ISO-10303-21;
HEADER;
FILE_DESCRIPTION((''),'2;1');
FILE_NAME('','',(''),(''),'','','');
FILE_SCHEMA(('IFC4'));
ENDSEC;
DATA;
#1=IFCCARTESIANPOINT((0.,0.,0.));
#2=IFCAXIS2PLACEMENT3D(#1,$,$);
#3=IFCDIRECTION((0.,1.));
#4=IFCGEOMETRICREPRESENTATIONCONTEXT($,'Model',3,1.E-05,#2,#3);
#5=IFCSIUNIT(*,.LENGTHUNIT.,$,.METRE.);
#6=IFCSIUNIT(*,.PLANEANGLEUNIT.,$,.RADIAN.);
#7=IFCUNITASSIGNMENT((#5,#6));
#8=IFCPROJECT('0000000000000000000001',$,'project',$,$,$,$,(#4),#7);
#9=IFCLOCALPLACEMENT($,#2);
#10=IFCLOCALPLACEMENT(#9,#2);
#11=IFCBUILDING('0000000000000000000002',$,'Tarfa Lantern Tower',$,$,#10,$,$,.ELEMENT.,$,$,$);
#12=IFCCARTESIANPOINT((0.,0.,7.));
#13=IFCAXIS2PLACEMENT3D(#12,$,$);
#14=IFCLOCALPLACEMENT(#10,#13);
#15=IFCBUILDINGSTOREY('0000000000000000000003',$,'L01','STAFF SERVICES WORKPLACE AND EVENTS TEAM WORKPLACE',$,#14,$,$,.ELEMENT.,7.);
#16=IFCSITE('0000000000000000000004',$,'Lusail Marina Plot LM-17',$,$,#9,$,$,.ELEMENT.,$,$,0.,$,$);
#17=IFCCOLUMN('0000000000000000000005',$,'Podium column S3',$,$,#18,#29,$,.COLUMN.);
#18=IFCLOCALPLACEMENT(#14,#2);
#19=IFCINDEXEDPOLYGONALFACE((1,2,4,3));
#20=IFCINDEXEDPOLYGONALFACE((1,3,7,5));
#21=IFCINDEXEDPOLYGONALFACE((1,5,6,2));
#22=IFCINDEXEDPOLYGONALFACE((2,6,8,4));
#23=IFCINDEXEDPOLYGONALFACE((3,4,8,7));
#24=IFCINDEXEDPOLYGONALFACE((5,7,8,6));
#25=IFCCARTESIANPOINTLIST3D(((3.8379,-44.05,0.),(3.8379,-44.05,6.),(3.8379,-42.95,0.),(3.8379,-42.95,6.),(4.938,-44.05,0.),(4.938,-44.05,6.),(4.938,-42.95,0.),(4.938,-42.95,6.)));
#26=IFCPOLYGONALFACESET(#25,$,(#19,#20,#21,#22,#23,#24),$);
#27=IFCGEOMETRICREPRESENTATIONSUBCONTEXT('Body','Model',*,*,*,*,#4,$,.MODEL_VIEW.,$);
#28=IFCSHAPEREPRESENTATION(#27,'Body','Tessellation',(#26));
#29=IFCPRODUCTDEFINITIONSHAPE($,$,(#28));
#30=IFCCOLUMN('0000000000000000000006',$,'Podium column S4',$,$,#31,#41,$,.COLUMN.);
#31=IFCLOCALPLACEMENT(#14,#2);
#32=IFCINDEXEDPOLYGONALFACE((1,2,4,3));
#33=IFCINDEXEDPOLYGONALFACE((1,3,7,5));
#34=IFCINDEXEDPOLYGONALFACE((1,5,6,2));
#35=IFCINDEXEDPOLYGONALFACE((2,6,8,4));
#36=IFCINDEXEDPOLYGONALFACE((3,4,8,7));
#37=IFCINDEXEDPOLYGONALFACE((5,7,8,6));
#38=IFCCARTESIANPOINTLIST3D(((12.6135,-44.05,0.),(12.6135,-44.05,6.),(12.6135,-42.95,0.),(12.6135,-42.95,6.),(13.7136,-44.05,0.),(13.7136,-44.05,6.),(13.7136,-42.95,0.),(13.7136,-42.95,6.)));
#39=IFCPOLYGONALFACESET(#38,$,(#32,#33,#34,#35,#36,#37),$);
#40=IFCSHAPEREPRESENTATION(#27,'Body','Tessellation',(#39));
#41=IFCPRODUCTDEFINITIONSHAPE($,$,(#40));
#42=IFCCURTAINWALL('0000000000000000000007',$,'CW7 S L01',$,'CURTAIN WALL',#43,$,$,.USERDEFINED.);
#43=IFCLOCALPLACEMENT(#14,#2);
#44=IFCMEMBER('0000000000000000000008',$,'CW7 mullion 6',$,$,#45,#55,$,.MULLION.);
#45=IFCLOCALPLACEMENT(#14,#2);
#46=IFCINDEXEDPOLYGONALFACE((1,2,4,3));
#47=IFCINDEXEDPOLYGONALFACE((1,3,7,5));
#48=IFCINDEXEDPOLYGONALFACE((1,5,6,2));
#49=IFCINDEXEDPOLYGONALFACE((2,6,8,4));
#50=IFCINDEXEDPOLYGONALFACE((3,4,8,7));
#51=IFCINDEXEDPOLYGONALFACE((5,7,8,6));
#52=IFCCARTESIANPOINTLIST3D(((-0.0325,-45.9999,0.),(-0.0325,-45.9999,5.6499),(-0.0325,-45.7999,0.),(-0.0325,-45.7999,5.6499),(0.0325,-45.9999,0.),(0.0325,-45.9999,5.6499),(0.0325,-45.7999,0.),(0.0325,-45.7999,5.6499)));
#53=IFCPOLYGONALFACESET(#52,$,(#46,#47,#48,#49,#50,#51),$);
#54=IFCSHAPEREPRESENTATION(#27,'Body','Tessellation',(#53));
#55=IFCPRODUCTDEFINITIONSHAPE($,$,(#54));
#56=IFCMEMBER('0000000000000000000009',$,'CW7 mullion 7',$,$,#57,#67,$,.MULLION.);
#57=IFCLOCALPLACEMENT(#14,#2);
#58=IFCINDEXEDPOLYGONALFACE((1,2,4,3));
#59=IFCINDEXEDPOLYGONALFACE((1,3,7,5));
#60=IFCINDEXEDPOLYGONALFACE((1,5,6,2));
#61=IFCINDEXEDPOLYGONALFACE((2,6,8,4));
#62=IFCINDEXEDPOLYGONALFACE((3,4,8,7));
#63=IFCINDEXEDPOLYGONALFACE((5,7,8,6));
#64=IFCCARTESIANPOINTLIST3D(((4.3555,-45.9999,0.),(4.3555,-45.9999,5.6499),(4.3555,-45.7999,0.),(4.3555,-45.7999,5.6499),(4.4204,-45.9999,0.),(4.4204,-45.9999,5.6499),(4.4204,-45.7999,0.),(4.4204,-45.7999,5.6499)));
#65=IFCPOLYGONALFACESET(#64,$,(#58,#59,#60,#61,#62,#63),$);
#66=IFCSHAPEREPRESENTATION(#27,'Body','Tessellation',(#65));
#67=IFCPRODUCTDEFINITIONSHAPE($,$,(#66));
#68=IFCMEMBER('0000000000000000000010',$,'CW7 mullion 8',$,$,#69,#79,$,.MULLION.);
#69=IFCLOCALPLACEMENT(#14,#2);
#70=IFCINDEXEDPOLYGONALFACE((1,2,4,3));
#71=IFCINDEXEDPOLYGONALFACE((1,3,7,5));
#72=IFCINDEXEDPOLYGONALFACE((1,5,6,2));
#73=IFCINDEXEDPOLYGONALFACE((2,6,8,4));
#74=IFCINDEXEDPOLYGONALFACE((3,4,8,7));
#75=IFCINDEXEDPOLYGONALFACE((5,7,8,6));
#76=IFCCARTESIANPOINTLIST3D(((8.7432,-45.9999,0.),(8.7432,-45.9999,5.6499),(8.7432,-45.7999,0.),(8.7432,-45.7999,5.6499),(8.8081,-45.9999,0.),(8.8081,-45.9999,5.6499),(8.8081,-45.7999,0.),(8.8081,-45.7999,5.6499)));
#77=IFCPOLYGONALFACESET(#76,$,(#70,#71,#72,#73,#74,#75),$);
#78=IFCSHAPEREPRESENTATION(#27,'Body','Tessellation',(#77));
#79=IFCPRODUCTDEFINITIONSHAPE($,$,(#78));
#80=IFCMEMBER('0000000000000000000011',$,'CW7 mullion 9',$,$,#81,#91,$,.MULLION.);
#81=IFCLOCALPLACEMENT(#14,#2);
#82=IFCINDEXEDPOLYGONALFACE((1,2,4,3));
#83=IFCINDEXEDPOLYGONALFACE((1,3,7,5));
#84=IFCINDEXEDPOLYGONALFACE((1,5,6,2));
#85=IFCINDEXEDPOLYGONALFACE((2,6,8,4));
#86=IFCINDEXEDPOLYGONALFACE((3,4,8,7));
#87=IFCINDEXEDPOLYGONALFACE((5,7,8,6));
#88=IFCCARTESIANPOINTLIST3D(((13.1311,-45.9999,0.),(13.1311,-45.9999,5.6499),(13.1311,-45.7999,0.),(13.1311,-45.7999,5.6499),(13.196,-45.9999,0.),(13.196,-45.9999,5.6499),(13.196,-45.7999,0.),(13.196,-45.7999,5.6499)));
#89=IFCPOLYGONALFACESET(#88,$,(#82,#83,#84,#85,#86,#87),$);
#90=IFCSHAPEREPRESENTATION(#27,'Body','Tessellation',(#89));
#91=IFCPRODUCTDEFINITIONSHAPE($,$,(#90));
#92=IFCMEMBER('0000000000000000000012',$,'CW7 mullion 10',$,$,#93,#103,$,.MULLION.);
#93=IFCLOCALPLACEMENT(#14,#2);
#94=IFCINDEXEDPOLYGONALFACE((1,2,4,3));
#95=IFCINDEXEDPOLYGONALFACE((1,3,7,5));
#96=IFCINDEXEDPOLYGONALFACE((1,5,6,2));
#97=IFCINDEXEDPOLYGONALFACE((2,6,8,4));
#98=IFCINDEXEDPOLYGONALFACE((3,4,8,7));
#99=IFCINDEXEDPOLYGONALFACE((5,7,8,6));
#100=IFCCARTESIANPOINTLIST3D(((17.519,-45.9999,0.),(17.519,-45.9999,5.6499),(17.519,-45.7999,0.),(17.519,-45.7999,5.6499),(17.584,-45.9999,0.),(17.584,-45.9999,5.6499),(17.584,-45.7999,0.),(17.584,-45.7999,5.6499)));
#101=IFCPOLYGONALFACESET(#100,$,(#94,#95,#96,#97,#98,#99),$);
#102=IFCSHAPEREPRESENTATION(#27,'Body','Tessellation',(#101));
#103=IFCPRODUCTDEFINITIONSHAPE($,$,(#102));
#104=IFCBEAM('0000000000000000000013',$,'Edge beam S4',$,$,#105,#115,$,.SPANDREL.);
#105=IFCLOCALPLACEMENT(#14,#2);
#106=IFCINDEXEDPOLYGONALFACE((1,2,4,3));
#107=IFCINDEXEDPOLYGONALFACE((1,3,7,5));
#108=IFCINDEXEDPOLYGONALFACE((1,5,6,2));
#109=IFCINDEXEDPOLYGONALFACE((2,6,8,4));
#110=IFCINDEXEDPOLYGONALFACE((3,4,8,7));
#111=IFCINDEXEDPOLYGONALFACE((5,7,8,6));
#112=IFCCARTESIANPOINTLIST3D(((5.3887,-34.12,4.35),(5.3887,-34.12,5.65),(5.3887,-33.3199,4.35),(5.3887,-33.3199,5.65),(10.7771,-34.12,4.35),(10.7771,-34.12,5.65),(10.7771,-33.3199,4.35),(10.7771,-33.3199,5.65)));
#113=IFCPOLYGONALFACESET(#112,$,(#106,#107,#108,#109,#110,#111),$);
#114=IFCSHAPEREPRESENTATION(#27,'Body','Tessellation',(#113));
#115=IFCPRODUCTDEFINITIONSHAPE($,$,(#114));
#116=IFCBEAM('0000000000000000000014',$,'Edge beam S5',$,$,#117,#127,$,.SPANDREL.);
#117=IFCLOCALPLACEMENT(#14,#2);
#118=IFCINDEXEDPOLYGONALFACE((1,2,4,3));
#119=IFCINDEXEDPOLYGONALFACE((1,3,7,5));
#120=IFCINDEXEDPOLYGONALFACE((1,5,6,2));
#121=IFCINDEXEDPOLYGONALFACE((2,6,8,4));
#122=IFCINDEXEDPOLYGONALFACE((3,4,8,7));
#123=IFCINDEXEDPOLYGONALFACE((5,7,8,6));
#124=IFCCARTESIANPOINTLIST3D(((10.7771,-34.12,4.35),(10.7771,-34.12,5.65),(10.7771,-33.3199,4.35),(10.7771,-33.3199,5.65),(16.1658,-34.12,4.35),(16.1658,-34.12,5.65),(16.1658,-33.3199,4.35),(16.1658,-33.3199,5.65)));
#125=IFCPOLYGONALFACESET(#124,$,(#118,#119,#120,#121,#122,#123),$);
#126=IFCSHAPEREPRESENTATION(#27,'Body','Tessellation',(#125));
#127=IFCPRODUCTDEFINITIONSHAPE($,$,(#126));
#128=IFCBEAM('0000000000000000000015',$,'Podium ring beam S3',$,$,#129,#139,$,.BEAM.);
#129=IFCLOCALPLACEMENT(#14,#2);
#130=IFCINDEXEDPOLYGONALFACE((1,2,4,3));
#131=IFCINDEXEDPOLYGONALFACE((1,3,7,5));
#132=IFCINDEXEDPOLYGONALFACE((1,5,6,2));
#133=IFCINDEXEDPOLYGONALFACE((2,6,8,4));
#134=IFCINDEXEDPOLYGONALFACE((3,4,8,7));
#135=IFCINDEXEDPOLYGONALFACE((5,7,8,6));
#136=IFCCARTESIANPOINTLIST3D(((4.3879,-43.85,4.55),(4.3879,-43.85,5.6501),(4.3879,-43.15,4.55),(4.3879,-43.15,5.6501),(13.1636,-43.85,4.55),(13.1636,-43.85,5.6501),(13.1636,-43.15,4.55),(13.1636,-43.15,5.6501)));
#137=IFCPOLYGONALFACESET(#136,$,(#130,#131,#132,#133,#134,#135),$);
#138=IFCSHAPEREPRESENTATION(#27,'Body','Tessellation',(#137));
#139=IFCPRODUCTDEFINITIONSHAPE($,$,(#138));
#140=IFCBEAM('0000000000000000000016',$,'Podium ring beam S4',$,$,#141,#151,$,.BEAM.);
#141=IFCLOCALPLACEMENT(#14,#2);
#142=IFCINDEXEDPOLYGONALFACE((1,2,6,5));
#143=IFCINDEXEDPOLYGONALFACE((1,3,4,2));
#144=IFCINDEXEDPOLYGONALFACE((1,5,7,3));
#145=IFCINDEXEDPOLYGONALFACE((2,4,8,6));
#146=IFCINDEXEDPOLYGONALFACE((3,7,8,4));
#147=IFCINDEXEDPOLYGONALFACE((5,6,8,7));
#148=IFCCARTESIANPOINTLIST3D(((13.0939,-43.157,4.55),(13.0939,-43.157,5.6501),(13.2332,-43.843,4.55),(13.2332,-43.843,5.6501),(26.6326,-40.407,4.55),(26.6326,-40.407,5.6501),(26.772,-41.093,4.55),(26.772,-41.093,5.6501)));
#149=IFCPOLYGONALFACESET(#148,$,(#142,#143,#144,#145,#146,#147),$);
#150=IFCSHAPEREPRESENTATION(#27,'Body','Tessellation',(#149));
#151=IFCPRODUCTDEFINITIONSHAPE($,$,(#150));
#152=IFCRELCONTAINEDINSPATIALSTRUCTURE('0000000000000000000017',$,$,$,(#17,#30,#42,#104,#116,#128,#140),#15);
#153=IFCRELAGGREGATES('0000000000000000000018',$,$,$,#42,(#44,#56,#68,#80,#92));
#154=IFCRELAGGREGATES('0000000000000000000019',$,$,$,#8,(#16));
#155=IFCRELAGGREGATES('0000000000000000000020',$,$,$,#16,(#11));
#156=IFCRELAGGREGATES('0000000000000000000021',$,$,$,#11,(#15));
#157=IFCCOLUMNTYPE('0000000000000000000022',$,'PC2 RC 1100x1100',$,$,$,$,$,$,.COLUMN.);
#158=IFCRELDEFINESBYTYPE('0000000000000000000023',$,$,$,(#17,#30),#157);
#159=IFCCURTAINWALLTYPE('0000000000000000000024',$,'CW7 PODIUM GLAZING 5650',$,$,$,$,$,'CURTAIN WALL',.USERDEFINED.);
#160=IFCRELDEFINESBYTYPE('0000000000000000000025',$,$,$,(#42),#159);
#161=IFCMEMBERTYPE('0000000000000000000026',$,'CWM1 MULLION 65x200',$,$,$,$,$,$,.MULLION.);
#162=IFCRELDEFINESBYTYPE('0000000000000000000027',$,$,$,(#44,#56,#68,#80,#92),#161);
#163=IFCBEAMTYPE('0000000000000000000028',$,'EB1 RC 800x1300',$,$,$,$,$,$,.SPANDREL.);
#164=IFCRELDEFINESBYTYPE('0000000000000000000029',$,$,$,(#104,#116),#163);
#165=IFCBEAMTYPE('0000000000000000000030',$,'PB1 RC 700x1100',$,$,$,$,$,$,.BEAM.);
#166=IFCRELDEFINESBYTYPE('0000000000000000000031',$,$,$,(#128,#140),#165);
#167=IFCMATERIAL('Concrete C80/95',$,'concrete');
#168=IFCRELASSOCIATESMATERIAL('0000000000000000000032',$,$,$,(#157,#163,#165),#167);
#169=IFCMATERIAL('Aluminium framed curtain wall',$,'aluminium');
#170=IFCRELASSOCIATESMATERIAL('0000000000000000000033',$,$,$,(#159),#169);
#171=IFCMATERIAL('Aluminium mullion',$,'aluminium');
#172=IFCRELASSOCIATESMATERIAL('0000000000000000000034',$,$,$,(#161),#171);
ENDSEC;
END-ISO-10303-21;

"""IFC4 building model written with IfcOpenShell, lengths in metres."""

from ifc_helpers import new_model, si_unit, direction, frame, origin, origin_2d, place, context, subcontext, project, spatial, rectangle, extrude, material, material_profile, profile_set, type_object, element, aggregate, save


model = new_model("IFC4")

# Units and contexts
model_context = context("Model", 3, precision=1e-05, world=origin(), true_north=direction((0.0, 1.0)))
body_context = subcontext(model_context, "Body", "Model", "MODEL_VIEW")
ifc_project = project(units=[si_unit("LENGTHUNIT", "METRE"), si_unit("PLANEANGLEUNIT", "RADIAN")], contexts=[model_context])

# Site, building, storey
site_placement = place(None, origin())
site = spatial("IfcSite", under=ifc_project, at=site_placement, Name="Lusail Marina Plot LM-17", CompositionType="ELEMENT", RefElevation=0.0)
building_placement = place(site_placement, origin())
building = spatial("IfcBuilding", under=site, at=building_placement, Name="Tarfa Lantern Tower", CompositionType="ELEMENT")
storey_placement = place(building_placement, frame((0.0, 0.0, 7.0)))
storey = spatial("IfcBuildingStorey", under=building, at=storey_placement, Name="L01", Description="STAFF SERVICES WORKPLACE AND EVENTS TEAM WORKPLACE", CompositionType="ELEMENT", Elevation=7.0)

# Columns
ifc_material_1 = material(Name="Concrete C80/95", Category="concrete")
ifc_material_profile_1 = material_profile(ifc_material_1, rectangle(XDim=1.1001, YDim=1.1001, at=origin_2d()), Name="RC 1100x1100")
ifc_profile_set_1 = profile_set([ifc_material_profile_1], Name="Concrete C80/95")
column_type = type_object("IfcColumnType", Name="PC2 RC 1100x1100", PredefinedType="COLUMN", material=ifc_profile_set_1)
for number, where, z_axis, x_axis, name in (
    (1, (4.3879, -43.5, 0.0), (0.0, 0.0, 1.0), (1.0, 0.0, 0.0), "Podium column S3"),
    (2, (13.1636, -43.5, 0.0), (0.0, 0.0, 1.0), (1.0, 0.0, 0.0), "Podium column S4"),
):
    element("IfcColumn", number, at=place(storey_placement, frame(where, z_axis=z_axis, x_axis=x_axis)), inside=storey, type_object=column_type, Name=name, PredefinedType="COLUMN", context=body_context, shape_type="SweptSolid", body=[
        extrude(rectangle(XDim=1.1001, YDim=1.1001, at=origin_2d()), origin(), (0.0, 0.0, 1.0), 6.0),
    ])

# Curtain wall, members
ifc_material_2 = material(Name="Aluminium framed curtain wall", Category="aluminium")
curtain_wall_type = type_object("IfcCurtainWallType", Name="CW7 PODIUM GLAZING 5650", ElementType="CURTAIN WALL", PredefinedType="USERDEFINED", material=ifc_material_2)
curtain_wall_placement = place(storey_placement, origin())
curtain_wall = element("IfcCurtainWall", 3, at=curtain_wall_placement, inside=storey, type_object=curtain_wall_type, Name="CW7 S L01", ObjectType="CURTAIN WALL", PredefinedType="USERDEFINED")
ifc_material_3 = material(Name="Aluminium mullion", Category="aluminium")
ifc_material_profile_2 = material_profile(ifc_material_3, rectangle(XDim=0.0649, YDim=0.2, at=origin_2d()), Name="AL MULLION 65x200")
ifc_profile_set_2 = profile_set([ifc_material_profile_2], Name="Aluminium mullion")
member_type = type_object("IfcMemberType", Name="CWM1 MULLION 65x200", PredefinedType="MULLION", material=ifc_profile_set_2)
member_1_placement = place(storey_placement, frame((0.0, -45.8999, 0.0), z_axis=(0.0, 0.0, 1.0), x_axis=(1.0, 0.0, 0.0)))
member_1 = element("IfcMember", 4, at=member_1_placement, type_object=member_type, Name="CW7 mullion 6", PredefinedType="MULLION", context=body_context, shape_type="SweptSolid", body=[
    extrude(rectangle(XDim=0.0649, YDim=0.2, at=origin_2d()), origin(), (0.0, 0.0, 1.0), 5.6499),
])
member_2_placement = place(storey_placement, frame((4.3879, -45.8999, 0.0), z_axis=(0.0, 0.0, 1.0), x_axis=(1.0, 0.0, 0.0)))
member_2 = element("IfcMember", 5, at=member_2_placement, type_object=member_type, Name="CW7 mullion 7", PredefinedType="MULLION", context=body_context, shape_type="SweptSolid", body=[
    extrude(rectangle(XDim=0.0649, YDim=0.2, at=origin_2d()), origin(), (0.0, 0.0, 1.0), 5.6499),
])
member_3_placement = place(storey_placement, frame((8.7756, -45.8999, 0.0), z_axis=(0.0, 0.0, 1.0), x_axis=(1.0, 0.0, 0.0)))
member_3 = element("IfcMember", 6, at=member_3_placement, type_object=member_type, Name="CW7 mullion 8", PredefinedType="MULLION", context=body_context, shape_type="SweptSolid", body=[
    extrude(rectangle(XDim=0.0649, YDim=0.2, at=origin_2d()), origin(), (0.0, 0.0, 1.0), 5.6499),
])
member_4_placement = place(storey_placement, frame((13.1636, -45.8999, 0.0), z_axis=(0.0, 0.0, 1.0), x_axis=(1.0, 0.0, 0.0)))
member_4 = element("IfcMember", 7, at=member_4_placement, type_object=member_type, Name="CW7 mullion 9", PredefinedType="MULLION", context=body_context, shape_type="SweptSolid", body=[
    extrude(rectangle(XDim=0.0649, YDim=0.2, at=origin_2d()), origin(), (0.0, 0.0, 1.0), 5.6499),
])
member_5_placement = place(storey_placement, frame((17.5515, -45.8999, 0.0), z_axis=(0.0, 0.0, 1.0), x_axis=(1.0, 0.0, 0.0)))
member_5 = element("IfcMember", 8, at=member_5_placement, type_object=member_type, Name="CW7 mullion 10", PredefinedType="MULLION", context=body_context, shape_type="SweptSolid", body=[
    extrude(rectangle(XDim=0.0649, YDim=0.2, at=origin_2d()), origin(), (0.0, 0.0, 1.0), 5.6499),
])

# Beams
ifc_material_profile_3 = material_profile(ifc_material_1, rectangle(XDim=0.8, YDim=1.3, at=origin_2d()), Name="RC 800x1300")
ifc_profile_set_3 = profile_set([ifc_material_profile_3], Name="Concrete C80/95")
beam_type_1 = type_object("IfcBeamType", Name="EB1 RC 800x1300", PredefinedType="SPANDREL", material=ifc_profile_set_3)
beam_1_placement = place(storey_placement, frame((5.3887, -33.72, 5.0), z_axis=(1.0, 0.0, 0.0), x_axis=(0.0, 1.0, 0.0)))
element("IfcBeam", 9, at=beam_1_placement, inside=storey, type_object=beam_type_1, Name="Edge beam S4", PredefinedType="SPANDREL", context=body_context, shape_type="SweptSolid", body=[
    extrude(rectangle(XDim=0.8, YDim=1.3, at=origin_2d()), origin(), (0.0, 0.0, 1.0), 5.3884),
])
beam_2_placement = place(storey_placement, frame((10.7771, -33.72, 5.0), z_axis=(1.0, 0.0, 0.0), x_axis=(0.0, 1.0, 0.0)))
element("IfcBeam", 10, at=beam_2_placement, inside=storey, type_object=beam_type_1, Name="Edge beam S5", PredefinedType="SPANDREL", context=body_context, shape_type="SweptSolid", body=[
    extrude(rectangle(XDim=0.8, YDim=1.3, at=origin_2d()), origin(), (0.0, 0.0, 1.0), 5.3887),
])
ifc_material_profile_4 = material_profile(ifc_material_1, rectangle(XDim=0.7, YDim=1.1001, at=origin_2d()), Name="RC 700x1100")
ifc_profile_set_4 = profile_set([ifc_material_profile_4], Name="Concrete C80/95")
beam_type_2 = type_object("IfcBeamType", Name="PB1 RC 700x1100", PredefinedType="BEAM", material=ifc_profile_set_4)
beam_3_placement = place(storey_placement, frame((4.3879, -43.5, 5.1001), z_axis=(1.0, 0.0, 0.0), x_axis=(0.0, 1.0, 0.0)))
element("IfcBeam", 11, at=beam_3_placement, inside=storey, type_object=beam_type_2, Name="Podium ring beam S3", PredefinedType="BEAM", context=body_context, shape_type="SweptSolid", body=[
    extrude(rectangle(XDim=0.7, YDim=1.1001, at=origin_2d()), origin(), (0.0, 0.0, 1.0), 8.7756),
])
beam_4_placement = place(storey_placement, frame((13.1636, -43.5, 5.1001), z_axis=(0.979988, 0.199055, 0.0), x_axis=(-0.199055, 0.979988, 0.0)))
element("IfcBeam", 12, at=beam_4_placement, inside=storey, type_object=beam_type_2, Name="Podium ring beam S4", PredefinedType="BEAM", context=body_context, shape_type="SweptSolid", body=[
    extrude(rectangle(XDim=0.7, YDim=1.1001, at=origin_2d()), origin(), (0.0, 0.0, 1.0), 13.8152),
])

aggregate(curtain_wall, [member_1, member_2, member_3, member_4, member_5])

save(model, "model.ifc")
